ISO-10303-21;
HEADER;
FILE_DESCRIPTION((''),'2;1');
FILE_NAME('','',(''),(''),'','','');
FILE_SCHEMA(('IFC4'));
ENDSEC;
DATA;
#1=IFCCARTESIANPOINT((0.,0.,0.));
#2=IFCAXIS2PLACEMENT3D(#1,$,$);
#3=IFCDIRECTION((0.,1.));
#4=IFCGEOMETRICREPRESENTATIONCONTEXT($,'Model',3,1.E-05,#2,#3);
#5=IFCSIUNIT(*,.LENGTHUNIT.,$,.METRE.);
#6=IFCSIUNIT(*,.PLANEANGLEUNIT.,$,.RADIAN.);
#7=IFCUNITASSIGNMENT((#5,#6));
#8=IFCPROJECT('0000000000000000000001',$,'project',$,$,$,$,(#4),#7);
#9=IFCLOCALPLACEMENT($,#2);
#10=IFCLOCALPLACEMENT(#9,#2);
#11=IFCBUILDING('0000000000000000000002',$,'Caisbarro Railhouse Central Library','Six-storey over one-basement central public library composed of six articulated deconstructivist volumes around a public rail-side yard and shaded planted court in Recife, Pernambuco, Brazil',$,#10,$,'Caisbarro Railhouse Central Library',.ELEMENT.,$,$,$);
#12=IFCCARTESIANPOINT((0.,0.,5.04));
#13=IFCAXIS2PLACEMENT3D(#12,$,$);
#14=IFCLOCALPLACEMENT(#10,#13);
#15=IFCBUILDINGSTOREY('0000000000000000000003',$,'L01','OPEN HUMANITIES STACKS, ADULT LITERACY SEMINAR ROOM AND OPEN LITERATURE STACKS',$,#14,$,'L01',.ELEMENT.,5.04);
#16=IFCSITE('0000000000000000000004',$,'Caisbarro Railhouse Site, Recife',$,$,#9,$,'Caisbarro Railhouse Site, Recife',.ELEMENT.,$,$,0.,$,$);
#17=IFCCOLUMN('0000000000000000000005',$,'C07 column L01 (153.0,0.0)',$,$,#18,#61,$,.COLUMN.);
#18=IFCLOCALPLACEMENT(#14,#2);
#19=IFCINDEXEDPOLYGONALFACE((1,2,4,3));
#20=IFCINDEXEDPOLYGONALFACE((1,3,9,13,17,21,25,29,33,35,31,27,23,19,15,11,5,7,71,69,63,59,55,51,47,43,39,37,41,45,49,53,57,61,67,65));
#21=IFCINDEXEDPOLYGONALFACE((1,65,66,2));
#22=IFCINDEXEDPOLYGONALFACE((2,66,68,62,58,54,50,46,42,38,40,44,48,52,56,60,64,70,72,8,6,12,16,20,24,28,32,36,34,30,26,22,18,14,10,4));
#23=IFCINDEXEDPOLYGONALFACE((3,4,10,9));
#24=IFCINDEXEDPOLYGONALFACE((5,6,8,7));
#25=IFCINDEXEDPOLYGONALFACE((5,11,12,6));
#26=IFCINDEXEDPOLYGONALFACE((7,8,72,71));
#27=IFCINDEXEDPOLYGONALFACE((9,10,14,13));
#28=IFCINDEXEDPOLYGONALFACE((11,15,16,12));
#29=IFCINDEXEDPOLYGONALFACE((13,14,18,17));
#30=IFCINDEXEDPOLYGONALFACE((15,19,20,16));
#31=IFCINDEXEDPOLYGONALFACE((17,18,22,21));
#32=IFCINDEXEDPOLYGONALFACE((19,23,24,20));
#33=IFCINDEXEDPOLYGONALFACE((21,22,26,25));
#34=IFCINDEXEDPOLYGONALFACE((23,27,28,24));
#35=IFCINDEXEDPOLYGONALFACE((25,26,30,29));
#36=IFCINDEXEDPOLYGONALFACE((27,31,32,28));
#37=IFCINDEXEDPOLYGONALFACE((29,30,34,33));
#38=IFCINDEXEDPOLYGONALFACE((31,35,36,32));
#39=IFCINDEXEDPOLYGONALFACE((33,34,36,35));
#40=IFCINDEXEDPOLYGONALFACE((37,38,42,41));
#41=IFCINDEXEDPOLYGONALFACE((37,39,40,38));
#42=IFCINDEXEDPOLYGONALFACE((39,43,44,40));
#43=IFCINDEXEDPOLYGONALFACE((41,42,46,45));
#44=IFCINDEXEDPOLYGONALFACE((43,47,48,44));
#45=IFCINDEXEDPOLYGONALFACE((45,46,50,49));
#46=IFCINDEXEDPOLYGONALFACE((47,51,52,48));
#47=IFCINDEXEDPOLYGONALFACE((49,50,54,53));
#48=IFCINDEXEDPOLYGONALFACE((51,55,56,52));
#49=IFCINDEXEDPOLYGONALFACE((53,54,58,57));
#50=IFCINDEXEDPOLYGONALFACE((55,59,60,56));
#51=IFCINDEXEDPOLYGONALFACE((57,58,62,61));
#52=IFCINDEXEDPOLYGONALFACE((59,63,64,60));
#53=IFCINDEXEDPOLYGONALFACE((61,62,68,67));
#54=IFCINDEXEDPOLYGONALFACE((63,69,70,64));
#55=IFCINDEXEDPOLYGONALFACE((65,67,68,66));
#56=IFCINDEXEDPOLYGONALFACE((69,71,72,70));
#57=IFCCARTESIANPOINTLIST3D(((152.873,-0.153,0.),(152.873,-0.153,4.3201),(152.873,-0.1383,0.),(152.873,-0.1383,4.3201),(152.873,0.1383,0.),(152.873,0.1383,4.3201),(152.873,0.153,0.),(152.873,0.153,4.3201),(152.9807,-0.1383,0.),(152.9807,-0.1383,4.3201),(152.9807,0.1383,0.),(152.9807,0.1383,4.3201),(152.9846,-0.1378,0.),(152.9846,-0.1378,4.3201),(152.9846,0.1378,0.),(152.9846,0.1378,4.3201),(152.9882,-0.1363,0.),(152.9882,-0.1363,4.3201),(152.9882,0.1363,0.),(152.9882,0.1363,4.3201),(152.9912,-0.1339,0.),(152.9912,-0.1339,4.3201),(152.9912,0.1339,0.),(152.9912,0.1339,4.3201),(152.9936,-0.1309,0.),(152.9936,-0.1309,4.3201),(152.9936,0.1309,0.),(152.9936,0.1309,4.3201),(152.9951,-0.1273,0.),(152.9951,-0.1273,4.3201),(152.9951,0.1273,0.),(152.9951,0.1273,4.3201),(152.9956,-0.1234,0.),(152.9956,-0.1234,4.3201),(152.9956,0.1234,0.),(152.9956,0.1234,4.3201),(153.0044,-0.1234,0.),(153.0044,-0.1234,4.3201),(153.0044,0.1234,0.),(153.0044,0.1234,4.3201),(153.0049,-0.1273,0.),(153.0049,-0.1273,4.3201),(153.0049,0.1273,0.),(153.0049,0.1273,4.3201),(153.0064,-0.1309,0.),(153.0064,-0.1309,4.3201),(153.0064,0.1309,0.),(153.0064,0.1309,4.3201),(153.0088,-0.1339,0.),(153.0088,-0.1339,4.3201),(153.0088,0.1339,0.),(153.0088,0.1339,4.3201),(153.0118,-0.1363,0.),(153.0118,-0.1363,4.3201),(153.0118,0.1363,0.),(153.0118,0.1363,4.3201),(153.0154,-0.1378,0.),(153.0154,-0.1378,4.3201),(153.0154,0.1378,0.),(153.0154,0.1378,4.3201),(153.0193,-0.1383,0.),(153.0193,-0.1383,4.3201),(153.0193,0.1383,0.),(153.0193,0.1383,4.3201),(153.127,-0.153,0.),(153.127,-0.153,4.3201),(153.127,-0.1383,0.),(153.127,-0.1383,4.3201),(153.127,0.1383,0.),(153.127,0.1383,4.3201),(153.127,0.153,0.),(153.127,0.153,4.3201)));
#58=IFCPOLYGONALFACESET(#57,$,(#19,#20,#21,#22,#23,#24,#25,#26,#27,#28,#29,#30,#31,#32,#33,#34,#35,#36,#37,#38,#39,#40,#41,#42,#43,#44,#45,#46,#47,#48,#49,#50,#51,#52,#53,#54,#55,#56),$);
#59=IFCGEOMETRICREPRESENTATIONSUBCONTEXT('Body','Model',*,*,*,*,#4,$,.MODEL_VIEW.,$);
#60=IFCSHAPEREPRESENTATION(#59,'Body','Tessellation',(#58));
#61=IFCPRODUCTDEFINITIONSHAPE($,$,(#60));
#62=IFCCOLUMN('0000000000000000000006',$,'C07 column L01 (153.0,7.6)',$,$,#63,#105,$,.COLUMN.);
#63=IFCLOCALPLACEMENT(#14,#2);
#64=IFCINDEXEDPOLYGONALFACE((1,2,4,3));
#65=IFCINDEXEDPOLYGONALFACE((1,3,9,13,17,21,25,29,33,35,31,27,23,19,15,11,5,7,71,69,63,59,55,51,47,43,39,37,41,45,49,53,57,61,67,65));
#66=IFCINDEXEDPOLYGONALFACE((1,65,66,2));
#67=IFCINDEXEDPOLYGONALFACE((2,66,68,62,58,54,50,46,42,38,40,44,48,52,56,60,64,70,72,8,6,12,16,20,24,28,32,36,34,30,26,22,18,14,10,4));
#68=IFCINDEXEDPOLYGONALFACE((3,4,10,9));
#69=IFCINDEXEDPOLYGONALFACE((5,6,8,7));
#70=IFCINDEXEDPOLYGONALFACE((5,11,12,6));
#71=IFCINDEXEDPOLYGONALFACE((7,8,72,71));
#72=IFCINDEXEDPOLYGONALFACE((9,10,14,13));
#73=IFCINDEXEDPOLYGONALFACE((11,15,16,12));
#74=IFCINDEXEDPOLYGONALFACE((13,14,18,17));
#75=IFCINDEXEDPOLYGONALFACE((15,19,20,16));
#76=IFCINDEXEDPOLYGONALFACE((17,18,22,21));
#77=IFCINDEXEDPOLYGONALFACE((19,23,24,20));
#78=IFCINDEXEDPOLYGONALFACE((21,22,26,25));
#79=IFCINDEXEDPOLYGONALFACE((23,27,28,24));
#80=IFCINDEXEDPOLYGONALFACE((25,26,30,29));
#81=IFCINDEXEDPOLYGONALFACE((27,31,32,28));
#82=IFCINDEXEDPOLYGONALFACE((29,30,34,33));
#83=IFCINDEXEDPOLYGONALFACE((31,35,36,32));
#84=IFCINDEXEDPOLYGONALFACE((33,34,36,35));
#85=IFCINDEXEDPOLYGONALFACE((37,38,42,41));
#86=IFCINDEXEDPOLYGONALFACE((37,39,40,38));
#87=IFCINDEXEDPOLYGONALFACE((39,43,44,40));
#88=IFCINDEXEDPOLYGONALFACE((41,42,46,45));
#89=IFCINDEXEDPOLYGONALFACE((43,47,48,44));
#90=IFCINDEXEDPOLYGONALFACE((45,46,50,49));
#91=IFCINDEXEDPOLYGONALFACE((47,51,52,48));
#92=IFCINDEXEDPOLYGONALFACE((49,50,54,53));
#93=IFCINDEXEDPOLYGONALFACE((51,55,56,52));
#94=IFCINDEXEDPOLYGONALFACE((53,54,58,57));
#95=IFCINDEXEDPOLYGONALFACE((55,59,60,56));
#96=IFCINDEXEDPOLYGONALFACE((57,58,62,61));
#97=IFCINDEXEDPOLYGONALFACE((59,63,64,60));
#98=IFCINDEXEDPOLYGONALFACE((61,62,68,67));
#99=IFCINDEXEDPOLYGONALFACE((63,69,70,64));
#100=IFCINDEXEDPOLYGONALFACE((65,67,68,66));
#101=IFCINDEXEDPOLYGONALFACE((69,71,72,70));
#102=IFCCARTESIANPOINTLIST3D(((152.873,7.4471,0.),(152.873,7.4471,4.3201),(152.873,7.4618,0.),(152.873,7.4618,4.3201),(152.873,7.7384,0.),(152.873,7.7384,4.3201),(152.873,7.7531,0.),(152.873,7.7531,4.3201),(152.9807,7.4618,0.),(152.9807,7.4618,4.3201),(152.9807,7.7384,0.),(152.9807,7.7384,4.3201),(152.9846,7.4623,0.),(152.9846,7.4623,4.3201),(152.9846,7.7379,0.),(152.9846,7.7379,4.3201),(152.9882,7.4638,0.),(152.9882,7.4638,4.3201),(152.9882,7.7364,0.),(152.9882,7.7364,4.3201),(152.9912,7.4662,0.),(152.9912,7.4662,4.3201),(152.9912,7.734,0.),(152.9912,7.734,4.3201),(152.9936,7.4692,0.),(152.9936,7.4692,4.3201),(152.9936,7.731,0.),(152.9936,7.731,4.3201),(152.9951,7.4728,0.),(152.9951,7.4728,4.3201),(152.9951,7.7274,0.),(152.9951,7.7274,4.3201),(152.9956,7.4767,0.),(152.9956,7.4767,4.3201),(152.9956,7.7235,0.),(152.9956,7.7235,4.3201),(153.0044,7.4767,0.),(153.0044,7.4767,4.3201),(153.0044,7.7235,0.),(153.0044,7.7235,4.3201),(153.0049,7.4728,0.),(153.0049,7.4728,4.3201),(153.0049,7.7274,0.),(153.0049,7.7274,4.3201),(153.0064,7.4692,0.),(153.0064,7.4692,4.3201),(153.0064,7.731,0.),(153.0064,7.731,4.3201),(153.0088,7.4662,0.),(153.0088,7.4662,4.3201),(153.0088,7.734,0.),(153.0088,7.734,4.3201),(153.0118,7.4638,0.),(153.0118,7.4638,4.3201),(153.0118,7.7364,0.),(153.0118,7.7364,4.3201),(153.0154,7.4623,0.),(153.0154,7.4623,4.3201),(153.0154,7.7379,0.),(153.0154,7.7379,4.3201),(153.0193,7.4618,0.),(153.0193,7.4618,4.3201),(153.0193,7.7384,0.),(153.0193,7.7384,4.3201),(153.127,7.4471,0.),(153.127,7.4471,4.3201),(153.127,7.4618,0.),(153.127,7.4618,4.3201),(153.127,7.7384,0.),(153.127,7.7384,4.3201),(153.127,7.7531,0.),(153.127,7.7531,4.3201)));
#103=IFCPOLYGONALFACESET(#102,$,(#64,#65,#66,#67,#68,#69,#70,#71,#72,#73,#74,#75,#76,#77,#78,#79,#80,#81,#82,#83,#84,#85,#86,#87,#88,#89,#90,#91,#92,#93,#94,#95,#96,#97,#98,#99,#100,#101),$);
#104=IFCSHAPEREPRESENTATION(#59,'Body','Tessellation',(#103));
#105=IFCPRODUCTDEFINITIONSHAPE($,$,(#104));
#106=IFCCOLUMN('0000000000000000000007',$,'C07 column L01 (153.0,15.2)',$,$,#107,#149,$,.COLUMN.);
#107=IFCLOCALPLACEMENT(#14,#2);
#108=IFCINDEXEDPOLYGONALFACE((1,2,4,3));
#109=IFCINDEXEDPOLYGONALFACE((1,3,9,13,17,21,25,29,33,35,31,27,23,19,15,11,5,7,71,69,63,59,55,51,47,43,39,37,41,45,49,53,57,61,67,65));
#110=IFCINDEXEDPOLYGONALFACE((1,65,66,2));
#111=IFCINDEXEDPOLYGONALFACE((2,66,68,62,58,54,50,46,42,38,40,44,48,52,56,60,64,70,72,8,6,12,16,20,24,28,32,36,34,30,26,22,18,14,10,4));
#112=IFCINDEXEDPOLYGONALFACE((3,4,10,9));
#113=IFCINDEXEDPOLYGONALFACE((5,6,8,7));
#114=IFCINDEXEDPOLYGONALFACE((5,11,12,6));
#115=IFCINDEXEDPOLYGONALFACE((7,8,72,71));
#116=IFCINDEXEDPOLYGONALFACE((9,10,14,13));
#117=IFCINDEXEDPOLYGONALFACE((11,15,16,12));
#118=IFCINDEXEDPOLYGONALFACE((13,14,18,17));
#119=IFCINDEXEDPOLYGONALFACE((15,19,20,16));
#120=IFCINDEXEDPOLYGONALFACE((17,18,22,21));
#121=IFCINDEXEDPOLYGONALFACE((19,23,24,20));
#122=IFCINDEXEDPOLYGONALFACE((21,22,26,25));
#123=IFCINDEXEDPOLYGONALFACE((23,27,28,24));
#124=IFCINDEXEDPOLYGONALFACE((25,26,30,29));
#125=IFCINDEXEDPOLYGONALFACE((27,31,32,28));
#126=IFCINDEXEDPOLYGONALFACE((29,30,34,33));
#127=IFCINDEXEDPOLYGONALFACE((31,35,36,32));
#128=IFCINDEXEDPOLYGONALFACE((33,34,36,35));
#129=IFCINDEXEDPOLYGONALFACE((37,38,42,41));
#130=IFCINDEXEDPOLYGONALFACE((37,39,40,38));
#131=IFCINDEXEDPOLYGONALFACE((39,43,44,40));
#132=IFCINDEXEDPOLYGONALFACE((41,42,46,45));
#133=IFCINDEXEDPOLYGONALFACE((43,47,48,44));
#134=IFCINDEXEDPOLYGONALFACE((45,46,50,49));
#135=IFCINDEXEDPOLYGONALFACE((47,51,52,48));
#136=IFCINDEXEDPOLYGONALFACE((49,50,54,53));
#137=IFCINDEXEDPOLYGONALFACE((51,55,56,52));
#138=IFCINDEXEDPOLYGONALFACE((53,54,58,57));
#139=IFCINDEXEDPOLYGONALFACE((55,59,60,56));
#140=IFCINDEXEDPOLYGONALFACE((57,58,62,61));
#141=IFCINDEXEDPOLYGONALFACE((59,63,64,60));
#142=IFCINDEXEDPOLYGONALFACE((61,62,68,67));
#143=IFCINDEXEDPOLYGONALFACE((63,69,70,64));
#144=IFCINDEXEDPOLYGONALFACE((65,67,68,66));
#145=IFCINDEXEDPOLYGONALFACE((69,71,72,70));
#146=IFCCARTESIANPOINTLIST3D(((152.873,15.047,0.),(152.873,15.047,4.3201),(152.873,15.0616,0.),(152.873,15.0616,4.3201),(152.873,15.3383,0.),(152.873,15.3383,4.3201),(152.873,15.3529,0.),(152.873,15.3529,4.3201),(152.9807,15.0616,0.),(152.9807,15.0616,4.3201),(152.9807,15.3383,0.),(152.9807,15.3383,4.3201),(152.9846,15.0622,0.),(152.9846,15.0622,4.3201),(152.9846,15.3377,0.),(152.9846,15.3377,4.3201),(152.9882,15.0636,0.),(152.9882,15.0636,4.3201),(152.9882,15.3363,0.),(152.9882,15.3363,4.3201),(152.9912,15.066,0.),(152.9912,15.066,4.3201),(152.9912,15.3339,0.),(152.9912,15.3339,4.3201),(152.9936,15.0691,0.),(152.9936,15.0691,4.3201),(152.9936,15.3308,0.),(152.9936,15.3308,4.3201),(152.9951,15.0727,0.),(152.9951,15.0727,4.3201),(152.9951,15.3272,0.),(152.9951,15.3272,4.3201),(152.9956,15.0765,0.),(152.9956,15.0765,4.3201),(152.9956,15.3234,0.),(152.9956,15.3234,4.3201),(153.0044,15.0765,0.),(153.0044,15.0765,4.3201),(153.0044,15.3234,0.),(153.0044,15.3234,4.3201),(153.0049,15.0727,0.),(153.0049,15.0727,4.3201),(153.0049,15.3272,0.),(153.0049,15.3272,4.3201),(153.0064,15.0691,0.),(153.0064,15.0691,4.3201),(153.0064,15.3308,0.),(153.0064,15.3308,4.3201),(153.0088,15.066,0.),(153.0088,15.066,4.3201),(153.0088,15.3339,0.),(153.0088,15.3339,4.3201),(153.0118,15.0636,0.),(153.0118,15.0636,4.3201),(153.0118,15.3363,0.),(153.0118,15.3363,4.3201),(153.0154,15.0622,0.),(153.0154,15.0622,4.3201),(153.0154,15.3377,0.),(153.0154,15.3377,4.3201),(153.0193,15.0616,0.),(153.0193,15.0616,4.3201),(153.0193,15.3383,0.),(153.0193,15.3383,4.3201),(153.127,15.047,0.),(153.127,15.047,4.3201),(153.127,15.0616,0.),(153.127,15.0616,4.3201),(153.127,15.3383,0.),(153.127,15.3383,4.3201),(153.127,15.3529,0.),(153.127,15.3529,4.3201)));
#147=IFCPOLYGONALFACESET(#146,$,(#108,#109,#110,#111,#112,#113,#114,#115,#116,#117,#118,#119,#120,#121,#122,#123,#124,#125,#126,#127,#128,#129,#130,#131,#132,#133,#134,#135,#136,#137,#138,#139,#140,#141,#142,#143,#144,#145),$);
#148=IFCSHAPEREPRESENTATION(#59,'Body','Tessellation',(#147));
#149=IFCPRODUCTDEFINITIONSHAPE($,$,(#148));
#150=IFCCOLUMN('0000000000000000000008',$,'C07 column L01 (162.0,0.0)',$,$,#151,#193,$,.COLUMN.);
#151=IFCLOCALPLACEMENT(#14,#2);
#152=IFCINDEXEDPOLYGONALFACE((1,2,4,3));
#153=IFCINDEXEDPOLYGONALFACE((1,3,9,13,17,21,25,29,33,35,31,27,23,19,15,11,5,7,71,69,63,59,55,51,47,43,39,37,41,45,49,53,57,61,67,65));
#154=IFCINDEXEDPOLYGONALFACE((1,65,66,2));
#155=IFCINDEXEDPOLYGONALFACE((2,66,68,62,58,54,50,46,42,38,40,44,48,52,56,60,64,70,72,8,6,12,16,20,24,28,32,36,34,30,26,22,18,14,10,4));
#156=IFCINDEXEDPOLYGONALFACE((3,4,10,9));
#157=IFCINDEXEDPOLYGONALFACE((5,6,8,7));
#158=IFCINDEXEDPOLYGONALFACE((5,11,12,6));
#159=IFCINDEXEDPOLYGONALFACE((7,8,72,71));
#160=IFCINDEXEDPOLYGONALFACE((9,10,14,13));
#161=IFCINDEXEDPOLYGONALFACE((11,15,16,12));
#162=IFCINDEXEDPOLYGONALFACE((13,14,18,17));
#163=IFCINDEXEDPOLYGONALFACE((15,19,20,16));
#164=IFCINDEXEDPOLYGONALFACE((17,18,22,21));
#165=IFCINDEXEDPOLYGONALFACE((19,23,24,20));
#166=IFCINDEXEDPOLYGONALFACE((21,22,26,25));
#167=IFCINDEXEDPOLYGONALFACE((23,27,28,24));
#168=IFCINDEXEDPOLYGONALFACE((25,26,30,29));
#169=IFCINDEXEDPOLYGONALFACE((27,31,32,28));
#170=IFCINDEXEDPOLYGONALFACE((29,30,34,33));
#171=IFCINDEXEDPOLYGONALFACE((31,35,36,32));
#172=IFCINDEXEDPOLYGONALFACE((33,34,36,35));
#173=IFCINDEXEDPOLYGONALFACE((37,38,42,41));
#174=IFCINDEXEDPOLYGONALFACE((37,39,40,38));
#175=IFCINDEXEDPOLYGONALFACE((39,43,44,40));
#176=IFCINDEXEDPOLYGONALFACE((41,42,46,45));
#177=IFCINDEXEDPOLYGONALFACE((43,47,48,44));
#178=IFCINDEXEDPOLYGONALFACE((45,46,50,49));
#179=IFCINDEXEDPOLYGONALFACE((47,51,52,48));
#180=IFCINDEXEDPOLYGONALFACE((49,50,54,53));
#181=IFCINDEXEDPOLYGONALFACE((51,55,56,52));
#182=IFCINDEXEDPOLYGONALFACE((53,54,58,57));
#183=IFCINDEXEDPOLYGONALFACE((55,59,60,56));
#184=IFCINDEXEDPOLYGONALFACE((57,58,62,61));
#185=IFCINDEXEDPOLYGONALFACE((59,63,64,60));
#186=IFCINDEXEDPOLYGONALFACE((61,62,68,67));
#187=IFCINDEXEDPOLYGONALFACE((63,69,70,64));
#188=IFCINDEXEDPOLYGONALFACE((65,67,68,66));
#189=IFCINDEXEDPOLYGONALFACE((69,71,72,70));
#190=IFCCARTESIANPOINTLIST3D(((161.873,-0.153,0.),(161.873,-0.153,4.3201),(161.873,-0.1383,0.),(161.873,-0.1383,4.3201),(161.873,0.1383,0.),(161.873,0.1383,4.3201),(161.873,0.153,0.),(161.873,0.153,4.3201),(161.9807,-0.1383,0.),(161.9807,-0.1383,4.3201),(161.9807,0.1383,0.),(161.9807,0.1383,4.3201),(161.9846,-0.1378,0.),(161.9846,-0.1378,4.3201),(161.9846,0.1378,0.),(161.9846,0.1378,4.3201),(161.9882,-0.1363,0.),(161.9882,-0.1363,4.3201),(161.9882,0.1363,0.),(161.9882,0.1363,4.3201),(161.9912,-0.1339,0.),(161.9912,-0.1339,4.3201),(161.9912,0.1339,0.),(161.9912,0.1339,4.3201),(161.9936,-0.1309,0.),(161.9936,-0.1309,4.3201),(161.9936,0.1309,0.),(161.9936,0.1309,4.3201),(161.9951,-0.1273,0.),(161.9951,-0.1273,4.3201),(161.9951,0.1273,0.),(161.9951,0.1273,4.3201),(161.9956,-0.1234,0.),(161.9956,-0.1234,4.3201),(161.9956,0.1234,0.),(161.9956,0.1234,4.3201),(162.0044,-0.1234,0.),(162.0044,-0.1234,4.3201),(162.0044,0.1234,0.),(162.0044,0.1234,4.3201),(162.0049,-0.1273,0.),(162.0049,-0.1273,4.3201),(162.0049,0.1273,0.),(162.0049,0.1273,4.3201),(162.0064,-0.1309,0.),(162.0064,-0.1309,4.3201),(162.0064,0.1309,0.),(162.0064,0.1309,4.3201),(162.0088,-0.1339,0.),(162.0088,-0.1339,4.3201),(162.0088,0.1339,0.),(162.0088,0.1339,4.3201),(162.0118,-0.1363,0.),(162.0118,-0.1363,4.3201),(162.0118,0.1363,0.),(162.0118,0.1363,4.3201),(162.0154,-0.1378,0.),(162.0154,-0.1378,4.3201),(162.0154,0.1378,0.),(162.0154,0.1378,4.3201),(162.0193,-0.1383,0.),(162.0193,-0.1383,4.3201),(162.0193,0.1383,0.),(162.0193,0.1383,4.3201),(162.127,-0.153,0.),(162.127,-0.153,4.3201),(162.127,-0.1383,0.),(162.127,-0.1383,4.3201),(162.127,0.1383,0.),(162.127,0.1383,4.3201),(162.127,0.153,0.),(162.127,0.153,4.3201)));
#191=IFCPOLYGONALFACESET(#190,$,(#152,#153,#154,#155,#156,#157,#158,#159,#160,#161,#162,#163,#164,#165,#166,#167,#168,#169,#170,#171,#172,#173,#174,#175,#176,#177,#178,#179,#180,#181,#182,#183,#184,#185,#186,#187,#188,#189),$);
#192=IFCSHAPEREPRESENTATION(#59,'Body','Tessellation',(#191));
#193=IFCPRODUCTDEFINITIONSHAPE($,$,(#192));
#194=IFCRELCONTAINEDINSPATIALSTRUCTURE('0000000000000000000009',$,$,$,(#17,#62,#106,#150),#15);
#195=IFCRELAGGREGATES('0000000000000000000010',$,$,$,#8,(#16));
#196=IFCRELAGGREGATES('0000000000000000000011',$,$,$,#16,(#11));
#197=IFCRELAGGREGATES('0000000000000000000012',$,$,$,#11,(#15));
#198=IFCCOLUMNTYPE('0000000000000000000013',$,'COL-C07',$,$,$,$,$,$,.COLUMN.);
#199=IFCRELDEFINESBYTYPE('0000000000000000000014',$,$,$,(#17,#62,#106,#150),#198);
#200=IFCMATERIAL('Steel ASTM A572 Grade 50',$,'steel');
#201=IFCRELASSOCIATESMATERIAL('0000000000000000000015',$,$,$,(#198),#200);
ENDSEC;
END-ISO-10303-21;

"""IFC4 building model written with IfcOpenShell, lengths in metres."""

from ifc_helpers import new_model, si_unit, direction, frame, origin, origin_2d, place, context, subcontext, project, spatial, i_section, extrude, material, material_profile, profile_set, type_object, element, save


model = new_model("IFC4")

# Units and contexts
model_context = context("Model", 3, precision=1e-05, world=origin(), true_north=direction((0.0, 1.0)))
body_context = subcontext(model_context, "Body", "Model", "MODEL_VIEW")
ifc_project = project(units=[si_unit("LENGTHUNIT", "METRE"), si_unit("PLANEANGLEUNIT", "RADIAN")], contexts=[model_context])

# Site, building, storey
site_placement = place(None, origin())
site = spatial("IfcSite", under=ifc_project, at=site_placement, Name="Caisbarro Railhouse Site, Recife", LongName="Caisbarro Railhouse Site, Recife", CompositionType="ELEMENT", RefElevation=0.0)
building_placement = place(site_placement, origin())
building = spatial("IfcBuilding", under=site, at=building_placement, Name="Caisbarro Railhouse Central Library", Description="Six-storey over one-basement central public library composed of six articulated deconstructivist volumes around a public rail-side yard and shaded planted court in Recife, Pernambuco, Brazil", LongName="Caisbarro Railhouse Central Library", CompositionType="ELEMENT")
storey_placement = place(building_placement, frame((0.0, 0.0, 5.04)))
storey = spatial("IfcBuildingStorey", under=building, at=storey_placement, Name="L01", Description="OPEN HUMANITIES STACKS, ADULT LITERACY SEMINAR ROOM AND OPEN LITERATURE STACKS", LongName="L01", CompositionType="ELEMENT", Elevation=5.04)

# Columns
ifc_material_1 = material(Name="Steel ASTM A572 Grade 50", Category="steel")
ifc_material_profile_1 = material_profile(ifc_material_1, i_section(OverallWidth=0.2539, OverallDepth=0.3059, WebThickness=0.0088, FlangeThickness=0.0146, FilletRadius=0.0149, at=origin_2d()), Name="W310X79.0")
ifc_profile_set_1 = profile_set([ifc_material_profile_1], Name="Steel ASTM A572 Grade 50")
column_type_1 = type_object("IfcColumnType", Name="COL-C07", PredefinedType="COLUMN", material=ifc_profile_set_1)
for number, where, z_axis, x_axis, name in (
    (1, (153.0, 0.0, 0.0), (0.0, 0.0, 1.0), (1.0, 0.0, 0.0), "C07 column L01 (153.0,0.0)"),
    (2, (153.0, 7.6001, 0.0), (0.0, 0.0, 1.0), (1.0, 0.0, 0.0), "C07 column L01 (153.0,7.6)"),
    (3, (153.0, 15.2, 0.0), (0.0, 0.0, 1.0), (1.0, 0.0, 0.0), "C07 column L01 (153.0,15.2)"),
    (4, (162.0, 0.0, 0.0), (0.0, 0.0, 1.0), (1.0, 0.0, 0.0), "C07 column L01 (162.0,0.0)"),
):
    element("IfcColumn", number, at=place(storey_placement, frame(where, z_axis=z_axis, x_axis=x_axis)), inside=storey, type_object=column_type_1, Name=name, PredefinedType="COLUMN", context=body_context, shape_type="SweptSolid", body=[
        extrude(i_section(OverallWidth=0.2539, OverallDepth=0.3059, WebThickness=0.0088, FlangeThickness=0.0146, FilletRadius=0.0149, at=origin_2d()), origin(), (0.0, 0.0, 1.0), 4.3201),
    ])

save(model, "model.ifc")
